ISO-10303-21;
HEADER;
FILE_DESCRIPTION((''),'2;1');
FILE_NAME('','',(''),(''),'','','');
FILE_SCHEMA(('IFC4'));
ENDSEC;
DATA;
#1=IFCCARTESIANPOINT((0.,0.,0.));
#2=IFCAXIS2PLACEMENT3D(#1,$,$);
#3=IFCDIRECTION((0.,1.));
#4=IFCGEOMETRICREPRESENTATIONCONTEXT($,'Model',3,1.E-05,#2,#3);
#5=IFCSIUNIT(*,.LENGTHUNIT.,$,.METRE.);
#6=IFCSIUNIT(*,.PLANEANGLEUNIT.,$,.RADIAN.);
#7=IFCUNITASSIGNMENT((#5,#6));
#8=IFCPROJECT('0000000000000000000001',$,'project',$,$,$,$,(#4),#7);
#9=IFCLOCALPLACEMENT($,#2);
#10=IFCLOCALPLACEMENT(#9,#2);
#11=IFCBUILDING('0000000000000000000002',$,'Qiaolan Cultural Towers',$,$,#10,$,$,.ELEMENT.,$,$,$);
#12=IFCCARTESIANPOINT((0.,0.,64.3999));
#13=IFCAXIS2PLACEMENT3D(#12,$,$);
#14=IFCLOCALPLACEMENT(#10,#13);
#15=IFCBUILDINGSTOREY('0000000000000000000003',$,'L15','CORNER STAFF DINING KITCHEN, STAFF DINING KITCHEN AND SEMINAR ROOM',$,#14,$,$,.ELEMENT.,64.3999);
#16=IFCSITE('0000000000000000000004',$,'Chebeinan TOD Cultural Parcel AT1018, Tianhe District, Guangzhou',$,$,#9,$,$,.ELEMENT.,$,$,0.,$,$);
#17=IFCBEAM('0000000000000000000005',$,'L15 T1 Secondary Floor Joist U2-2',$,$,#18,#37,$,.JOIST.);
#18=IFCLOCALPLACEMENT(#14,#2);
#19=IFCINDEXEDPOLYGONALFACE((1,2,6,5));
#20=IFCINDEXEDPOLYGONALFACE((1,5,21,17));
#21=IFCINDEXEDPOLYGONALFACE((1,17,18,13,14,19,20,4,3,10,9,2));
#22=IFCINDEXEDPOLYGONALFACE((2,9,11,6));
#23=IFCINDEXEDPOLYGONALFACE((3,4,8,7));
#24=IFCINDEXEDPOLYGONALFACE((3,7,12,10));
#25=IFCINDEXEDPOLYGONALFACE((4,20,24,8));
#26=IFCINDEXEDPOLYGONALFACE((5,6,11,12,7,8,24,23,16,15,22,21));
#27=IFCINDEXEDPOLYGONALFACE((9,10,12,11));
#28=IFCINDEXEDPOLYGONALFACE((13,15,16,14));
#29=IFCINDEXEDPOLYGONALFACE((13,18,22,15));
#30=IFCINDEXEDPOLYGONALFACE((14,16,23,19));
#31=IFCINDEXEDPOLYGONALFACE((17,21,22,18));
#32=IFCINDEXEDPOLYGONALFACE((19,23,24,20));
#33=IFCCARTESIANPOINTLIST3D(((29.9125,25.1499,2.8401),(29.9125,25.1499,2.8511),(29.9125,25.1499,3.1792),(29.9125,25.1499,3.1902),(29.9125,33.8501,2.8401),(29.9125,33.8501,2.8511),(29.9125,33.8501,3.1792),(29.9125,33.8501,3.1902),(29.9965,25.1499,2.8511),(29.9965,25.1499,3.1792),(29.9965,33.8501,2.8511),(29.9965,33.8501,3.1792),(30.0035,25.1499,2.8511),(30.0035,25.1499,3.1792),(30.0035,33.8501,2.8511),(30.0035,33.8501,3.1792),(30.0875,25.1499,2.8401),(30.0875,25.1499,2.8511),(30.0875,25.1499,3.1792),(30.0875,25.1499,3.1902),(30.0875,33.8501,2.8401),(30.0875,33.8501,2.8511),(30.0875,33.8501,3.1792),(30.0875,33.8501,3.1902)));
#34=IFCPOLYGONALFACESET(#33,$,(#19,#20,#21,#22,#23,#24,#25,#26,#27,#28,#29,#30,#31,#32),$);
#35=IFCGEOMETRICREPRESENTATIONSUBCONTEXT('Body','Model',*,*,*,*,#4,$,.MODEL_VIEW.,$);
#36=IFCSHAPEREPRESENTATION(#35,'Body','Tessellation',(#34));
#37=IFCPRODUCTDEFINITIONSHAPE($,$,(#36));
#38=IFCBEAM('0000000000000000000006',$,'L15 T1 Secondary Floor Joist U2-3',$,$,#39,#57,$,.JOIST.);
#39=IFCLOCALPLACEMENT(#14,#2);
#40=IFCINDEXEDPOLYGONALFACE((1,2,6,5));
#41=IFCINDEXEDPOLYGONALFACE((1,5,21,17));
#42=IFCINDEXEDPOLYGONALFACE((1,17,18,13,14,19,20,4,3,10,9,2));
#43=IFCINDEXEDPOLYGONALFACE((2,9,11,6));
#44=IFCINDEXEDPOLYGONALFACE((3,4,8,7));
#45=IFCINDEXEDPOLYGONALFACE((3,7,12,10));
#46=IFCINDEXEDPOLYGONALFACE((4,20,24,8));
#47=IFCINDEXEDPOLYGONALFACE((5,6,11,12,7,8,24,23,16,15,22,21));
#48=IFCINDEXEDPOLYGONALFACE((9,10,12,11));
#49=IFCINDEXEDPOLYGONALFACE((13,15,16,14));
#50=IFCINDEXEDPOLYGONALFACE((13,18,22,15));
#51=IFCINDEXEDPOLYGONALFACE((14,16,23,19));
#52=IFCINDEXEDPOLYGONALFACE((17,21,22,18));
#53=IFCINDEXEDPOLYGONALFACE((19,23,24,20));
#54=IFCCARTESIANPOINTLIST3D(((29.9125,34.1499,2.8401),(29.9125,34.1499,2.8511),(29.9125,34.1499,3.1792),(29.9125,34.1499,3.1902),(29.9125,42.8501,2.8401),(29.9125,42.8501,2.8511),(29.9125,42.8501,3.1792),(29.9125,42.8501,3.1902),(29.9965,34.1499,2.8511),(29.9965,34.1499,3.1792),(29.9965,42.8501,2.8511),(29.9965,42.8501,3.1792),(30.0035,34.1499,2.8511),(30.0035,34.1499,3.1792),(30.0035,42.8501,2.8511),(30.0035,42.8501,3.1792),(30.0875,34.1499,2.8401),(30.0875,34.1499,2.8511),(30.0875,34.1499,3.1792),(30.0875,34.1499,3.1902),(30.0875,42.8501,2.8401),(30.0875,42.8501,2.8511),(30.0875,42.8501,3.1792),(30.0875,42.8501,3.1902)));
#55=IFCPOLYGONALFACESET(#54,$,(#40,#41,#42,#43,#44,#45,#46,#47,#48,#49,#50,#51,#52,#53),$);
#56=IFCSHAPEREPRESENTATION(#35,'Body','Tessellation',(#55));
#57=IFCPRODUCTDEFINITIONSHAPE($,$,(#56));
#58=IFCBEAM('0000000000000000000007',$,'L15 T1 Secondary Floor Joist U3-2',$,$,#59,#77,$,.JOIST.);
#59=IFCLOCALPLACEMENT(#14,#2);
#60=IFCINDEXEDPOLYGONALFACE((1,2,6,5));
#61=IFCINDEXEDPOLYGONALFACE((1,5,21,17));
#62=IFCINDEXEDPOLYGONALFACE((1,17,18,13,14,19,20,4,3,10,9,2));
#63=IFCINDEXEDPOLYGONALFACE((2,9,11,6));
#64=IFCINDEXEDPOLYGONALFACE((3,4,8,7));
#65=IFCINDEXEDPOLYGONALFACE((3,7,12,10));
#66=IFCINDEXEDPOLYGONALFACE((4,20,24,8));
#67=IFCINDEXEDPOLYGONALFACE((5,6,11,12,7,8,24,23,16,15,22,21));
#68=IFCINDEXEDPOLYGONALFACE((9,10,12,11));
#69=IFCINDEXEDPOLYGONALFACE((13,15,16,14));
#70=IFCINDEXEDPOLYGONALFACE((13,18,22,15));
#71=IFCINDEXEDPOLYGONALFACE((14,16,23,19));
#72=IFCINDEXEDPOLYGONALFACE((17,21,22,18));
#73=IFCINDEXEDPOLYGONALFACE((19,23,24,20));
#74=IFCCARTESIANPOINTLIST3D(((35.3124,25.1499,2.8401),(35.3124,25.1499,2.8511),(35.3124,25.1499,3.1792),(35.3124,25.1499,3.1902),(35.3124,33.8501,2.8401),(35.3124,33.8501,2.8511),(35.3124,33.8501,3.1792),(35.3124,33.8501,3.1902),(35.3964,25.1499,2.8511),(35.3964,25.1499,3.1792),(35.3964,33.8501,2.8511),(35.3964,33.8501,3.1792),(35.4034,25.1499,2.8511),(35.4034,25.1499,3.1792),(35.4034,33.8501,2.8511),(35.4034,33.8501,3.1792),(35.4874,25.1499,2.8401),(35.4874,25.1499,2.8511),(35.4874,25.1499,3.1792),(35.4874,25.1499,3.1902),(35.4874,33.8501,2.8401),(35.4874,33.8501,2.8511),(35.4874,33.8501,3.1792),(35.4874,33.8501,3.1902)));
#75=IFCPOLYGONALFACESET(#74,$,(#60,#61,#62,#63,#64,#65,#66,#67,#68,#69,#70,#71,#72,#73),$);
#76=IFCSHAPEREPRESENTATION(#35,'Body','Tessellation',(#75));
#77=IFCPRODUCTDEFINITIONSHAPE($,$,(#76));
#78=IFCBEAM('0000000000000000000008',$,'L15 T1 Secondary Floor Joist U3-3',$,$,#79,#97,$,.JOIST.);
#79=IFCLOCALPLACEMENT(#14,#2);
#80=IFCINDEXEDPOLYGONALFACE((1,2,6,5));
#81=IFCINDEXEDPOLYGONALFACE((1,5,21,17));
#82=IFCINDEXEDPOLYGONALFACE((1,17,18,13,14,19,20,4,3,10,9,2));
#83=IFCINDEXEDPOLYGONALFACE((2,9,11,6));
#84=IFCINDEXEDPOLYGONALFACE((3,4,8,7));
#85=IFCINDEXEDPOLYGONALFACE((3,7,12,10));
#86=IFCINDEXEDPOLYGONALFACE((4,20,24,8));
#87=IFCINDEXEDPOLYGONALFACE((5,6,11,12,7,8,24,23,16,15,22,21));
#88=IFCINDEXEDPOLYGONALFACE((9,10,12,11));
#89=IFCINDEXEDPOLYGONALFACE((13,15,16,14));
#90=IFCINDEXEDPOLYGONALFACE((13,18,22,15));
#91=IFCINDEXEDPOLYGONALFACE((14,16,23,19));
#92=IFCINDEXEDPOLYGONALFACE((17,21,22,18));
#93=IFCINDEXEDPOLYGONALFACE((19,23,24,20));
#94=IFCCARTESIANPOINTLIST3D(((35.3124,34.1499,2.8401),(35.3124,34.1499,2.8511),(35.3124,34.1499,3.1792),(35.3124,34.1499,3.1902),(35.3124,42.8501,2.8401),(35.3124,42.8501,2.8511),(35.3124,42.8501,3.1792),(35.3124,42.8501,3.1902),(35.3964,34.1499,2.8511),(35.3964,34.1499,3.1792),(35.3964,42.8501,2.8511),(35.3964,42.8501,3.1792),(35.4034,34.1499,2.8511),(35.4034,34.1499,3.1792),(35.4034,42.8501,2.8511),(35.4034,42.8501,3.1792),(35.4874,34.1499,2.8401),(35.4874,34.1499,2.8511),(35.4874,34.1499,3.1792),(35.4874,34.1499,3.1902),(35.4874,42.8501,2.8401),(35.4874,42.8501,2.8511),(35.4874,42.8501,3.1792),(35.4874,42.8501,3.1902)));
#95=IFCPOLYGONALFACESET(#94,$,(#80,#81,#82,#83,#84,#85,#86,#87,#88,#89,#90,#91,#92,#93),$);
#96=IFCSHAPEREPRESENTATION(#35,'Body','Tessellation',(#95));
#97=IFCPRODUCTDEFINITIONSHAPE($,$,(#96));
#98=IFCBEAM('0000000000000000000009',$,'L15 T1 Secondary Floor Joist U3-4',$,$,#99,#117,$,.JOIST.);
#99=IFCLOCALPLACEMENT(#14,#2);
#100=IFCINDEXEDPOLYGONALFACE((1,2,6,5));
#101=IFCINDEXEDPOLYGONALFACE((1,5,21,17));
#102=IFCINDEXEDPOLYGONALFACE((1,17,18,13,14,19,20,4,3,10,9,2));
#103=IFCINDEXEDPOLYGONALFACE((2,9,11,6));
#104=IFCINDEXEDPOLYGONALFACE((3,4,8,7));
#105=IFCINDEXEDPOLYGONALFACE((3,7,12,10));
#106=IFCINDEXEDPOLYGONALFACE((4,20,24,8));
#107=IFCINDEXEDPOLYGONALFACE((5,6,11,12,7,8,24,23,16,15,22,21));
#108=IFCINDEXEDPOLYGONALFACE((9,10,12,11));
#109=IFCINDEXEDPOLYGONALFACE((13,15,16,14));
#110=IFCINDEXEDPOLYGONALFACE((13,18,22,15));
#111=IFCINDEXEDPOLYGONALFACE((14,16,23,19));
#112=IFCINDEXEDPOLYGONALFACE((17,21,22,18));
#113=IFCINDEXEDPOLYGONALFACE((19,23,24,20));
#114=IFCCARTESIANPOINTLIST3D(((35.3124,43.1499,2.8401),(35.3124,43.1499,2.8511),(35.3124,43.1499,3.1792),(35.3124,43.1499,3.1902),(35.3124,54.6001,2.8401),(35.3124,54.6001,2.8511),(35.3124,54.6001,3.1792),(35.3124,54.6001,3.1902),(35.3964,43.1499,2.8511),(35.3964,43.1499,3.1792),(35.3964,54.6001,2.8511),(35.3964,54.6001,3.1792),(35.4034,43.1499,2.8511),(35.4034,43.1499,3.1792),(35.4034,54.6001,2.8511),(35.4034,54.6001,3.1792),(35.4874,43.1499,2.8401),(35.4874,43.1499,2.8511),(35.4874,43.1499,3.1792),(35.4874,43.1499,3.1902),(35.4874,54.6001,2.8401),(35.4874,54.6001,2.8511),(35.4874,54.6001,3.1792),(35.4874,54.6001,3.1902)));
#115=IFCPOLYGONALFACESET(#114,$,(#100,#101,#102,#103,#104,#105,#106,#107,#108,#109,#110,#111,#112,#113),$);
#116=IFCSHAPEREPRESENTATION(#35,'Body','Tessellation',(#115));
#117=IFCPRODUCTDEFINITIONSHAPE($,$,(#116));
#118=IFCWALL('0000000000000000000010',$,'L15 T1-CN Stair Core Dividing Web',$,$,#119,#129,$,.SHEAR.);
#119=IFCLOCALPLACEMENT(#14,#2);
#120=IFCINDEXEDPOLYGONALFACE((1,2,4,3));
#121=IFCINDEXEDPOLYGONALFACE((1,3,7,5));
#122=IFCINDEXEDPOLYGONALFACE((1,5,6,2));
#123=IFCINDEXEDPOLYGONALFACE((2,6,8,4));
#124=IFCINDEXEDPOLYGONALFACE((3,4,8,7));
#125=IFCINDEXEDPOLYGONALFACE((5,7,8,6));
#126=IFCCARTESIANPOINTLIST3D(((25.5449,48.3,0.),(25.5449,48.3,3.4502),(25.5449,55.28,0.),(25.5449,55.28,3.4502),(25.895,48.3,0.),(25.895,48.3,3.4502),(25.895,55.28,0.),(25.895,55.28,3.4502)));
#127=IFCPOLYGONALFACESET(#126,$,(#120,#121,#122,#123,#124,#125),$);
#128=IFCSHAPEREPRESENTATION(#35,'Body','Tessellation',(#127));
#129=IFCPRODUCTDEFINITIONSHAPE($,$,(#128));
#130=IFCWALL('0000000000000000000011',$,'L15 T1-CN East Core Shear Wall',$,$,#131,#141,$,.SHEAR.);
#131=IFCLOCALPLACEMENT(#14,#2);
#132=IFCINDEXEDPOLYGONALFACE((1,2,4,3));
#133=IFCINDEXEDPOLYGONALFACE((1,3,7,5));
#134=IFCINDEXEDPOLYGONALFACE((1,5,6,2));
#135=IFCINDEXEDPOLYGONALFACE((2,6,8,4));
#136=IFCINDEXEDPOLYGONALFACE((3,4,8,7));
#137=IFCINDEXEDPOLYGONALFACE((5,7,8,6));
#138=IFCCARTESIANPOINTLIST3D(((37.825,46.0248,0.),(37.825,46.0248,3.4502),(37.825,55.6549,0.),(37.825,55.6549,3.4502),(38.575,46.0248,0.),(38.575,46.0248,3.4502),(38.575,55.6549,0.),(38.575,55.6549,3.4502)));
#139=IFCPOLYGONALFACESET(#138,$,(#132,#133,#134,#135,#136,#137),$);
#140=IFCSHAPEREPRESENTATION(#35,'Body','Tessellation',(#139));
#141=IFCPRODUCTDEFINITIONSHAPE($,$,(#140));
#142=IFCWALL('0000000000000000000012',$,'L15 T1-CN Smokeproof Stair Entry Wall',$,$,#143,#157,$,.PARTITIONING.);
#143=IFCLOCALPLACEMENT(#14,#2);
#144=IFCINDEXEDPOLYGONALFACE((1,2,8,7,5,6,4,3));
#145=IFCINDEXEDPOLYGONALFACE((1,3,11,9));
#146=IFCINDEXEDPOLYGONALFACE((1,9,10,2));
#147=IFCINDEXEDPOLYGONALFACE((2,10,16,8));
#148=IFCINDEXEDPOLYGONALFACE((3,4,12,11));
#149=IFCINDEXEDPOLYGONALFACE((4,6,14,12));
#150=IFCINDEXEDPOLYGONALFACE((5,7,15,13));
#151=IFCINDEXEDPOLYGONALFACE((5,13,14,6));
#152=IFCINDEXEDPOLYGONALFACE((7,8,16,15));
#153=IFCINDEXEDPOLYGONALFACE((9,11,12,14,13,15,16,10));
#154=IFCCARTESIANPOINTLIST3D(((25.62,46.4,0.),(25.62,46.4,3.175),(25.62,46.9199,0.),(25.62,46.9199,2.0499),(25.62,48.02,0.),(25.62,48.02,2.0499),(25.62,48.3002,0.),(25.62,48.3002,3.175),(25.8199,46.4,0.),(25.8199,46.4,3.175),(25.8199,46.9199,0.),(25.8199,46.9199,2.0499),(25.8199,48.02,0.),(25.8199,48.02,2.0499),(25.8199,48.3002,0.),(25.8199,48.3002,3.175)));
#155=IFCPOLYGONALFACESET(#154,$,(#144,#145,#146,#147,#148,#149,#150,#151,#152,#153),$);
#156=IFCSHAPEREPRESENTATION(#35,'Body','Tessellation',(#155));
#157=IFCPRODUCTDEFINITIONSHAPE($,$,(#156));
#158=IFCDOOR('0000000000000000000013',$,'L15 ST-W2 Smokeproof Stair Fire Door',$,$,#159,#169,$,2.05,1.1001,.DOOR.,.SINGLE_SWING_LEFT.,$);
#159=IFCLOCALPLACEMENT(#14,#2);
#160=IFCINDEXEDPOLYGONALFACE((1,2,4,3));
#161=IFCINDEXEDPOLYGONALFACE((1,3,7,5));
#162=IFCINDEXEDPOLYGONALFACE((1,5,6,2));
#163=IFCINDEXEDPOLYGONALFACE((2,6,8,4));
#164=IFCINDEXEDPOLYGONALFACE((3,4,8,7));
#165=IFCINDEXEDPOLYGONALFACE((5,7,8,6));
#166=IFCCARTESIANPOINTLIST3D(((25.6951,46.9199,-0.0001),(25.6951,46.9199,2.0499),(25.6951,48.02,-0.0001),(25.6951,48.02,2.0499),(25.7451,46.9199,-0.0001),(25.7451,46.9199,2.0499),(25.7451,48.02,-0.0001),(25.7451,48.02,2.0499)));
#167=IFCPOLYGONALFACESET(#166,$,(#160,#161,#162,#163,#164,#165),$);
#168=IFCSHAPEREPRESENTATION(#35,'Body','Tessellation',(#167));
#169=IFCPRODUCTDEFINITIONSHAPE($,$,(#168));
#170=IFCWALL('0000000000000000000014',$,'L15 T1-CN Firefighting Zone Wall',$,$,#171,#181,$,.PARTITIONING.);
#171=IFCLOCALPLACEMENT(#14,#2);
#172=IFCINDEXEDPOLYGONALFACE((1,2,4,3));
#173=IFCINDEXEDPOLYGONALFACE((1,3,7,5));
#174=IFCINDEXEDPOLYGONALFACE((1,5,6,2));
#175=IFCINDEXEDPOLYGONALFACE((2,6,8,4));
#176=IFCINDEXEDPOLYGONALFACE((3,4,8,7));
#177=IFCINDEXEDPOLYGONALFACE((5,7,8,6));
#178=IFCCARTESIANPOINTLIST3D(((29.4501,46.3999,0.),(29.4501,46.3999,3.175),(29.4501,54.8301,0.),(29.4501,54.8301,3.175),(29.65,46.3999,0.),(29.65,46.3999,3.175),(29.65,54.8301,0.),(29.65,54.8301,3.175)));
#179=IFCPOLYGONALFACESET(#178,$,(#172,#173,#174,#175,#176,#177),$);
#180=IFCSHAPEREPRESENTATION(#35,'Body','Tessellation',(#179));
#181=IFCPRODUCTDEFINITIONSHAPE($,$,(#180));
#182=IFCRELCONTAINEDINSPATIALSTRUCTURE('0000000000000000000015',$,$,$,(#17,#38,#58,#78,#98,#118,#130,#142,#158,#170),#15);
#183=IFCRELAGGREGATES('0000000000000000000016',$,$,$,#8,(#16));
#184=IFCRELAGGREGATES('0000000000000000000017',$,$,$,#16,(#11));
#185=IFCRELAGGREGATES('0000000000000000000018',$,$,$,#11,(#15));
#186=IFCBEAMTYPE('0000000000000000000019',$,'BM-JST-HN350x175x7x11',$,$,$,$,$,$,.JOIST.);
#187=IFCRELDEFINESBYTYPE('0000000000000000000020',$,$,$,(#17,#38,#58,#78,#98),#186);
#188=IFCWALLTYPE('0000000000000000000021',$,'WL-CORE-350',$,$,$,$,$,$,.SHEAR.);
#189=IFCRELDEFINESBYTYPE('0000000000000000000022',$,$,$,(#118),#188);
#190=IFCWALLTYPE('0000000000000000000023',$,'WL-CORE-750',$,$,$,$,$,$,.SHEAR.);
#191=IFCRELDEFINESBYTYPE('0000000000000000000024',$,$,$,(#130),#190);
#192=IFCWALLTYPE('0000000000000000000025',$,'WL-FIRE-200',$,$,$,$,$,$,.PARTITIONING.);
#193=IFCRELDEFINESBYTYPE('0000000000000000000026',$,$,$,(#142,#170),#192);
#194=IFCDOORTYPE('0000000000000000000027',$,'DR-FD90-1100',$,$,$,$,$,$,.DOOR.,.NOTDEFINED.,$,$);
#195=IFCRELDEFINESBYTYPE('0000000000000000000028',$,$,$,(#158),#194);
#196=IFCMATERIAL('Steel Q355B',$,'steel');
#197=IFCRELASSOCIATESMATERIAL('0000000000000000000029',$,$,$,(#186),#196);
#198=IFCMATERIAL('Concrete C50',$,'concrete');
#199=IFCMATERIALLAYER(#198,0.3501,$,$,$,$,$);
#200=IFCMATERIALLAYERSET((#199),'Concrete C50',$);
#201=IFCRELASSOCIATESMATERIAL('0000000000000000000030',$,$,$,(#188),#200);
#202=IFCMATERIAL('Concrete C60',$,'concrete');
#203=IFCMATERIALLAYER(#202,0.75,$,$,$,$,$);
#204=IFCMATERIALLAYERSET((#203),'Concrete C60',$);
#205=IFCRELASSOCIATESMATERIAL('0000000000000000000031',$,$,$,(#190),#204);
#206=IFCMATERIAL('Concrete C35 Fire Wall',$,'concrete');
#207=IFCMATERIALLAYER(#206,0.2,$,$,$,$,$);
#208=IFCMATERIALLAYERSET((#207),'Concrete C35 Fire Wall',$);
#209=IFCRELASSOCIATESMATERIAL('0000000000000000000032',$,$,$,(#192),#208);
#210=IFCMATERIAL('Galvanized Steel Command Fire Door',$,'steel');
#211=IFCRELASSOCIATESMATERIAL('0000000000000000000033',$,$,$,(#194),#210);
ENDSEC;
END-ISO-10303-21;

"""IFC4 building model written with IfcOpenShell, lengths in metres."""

from ifc_helpers import new_model, si_unit, direction, frame, frame_2d, origin, origin_2d, place, context, subcontext, project, spatial, rectangle, i_section, extrude, material, layer, layer_set, material_profile, profile_set, type_object, element, fill, save


model = new_model("IFC4")

# Units and contexts
model_context = context("Model", 3, precision=1e-05, world=origin(), true_north=direction((0.0, 1.0)))
body_context = subcontext(model_context, "Body", "Model", "MODEL_VIEW")
ifc_project = project(units=[si_unit("LENGTHUNIT", "METRE"), si_unit("PLANEANGLEUNIT", "RADIAN")], contexts=[model_context])

# Site, building, storey
site_placement = place(None, origin())
site = spatial("IfcSite", under=ifc_project, at=site_placement, Name="Chebeinan TOD Cultural Parcel AT1018, Tianhe District, Guangzhou", CompositionType="ELEMENT", RefElevation=0.0)
building_placement = place(site_placement, origin())
building = spatial("IfcBuilding", under=site, at=building_placement, Name="Qiaolan Cultural Towers", CompositionType="ELEMENT")
storey_placement = place(building_placement, frame((0.0, 0.0, 64.3999)))
storey = spatial("IfcBuildingStorey", under=building, at=storey_placement, Name="L15", Description="CORNER STAFF DINING KITCHEN, STAFF DINING KITCHEN AND SEMINAR ROOM", CompositionType="ELEMENT", Elevation=64.3999)

# Beams
ifc_material_1 = material(Name="Steel Q355B", Category="steel")
ifc_material_profile = material_profile(ifc_material_1, i_section(OverallWidth=0.175, OverallDepth=0.3501, WebThickness=0.0071, FlangeThickness=0.011, at=origin_2d()), Name="HN350x175x7x11")
ifc_profile_set = profile_set([ifc_material_profile], Name="Steel Q355B")
beam_type = type_object("IfcBeamType", Name="BM-JST-HN350x175x7x11", PredefinedType="JOIST", material=ifc_profile_set)
for number, where, z_axis, x_axis, name in (
    (1, (30.0, 25.1499, 3.0151), (0.0, 1.0, 0.0), (-1.0, 0.0, 0.0), "L15 T1 Secondary Floor Joist U2-2"),
    (2, (30.0, 34.1499, 3.0151), (0.0, 1.0, 0.0), (-1.0, 0.0, 0.0), "L15 T1 Secondary Floor Joist U2-3"),
    (3, (35.3999, 25.1499, 3.0151), (0.0, 1.0, 0.0), (-1.0, 0.0, 0.0), "L15 T1 Secondary Floor Joist U3-2"),
    (4, (35.3999, 34.1499, 3.0151), (0.0, 1.0, 0.0), (-1.0, 0.0, 0.0), "L15 T1 Secondary Floor Joist U3-3"),
):
    element("IfcBeam", number, at=place(storey_placement, frame(where, z_axis=z_axis, x_axis=x_axis)), inside=storey, type_object=beam_type, Name=name, PredefinedType="JOIST", context=body_context, shape_type="SweptSolid", body=[
        extrude(i_section(OverallWidth=0.175, OverallDepth=0.3501, WebThickness=0.0071, FlangeThickness=0.011, at=origin_2d()), origin(), (0.0, 0.0, 1.0), 8.7002),
    ])
beam_placement = place(storey_placement, frame((35.3999, 43.1499, 3.0151), z_axis=(0.0, 1.0, 0.0), x_axis=(-1.0, 0.0, 0.0)))
element("IfcBeam", 5, at=beam_placement, inside=storey, type_object=beam_type, Name="L15 T1 Secondary Floor Joist U3-4", PredefinedType="JOIST", context=body_context, shape_type="SweptSolid", body=[
    extrude(i_section(OverallWidth=0.175, OverallDepth=0.3501, WebThickness=0.0071, FlangeThickness=0.011, at=origin_2d()), origin(), (0.0, 0.0, 1.0), 11.4502),
])

# Walls
ifc_material_2 = material(Name="Concrete C50", Category="concrete")
ifc_layer_1 = layer(ifc_material_2, 0.3501)
ifc_layer_set_1 = layer_set([ifc_layer_1], Name="Concrete C50")
wall_type_1 = type_object("IfcWallType", Name="WL-CORE-350", PredefinedType="SHEAR", material=ifc_layer_set_1)
wall_1_placement = place(storey_placement, frame((25.72, 48.3, 0.0), z_axis=(0.0, 0.0, 1.0), x_axis=(0.0, 1.0, 0.0)))
element("IfcWall", 6, at=wall_1_placement, inside=storey, type_object=wall_type_1, Name="L15 T1-CN Stair Core Dividing Web", PredefinedType="SHEAR", context=body_context, shape_type="SweptSolid", body=[
    extrude(rectangle(XDim=6.98, YDim=0.3501, at=frame_2d((3.49, 0.0))), origin(), (0.0, 0.0, 1.0), 3.4502),
])
ifc_material_3 = material(Name="Concrete C60", Category="concrete")
ifc_layer_2 = layer(ifc_material_3, 0.75)
ifc_layer_set_2 = layer_set([ifc_layer_2], Name="Concrete C60")
wall_type_2 = type_object("IfcWallType", Name="WL-CORE-750", PredefinedType="SHEAR", material=ifc_layer_set_2)
wall_2_placement = place(storey_placement, frame((38.2, 46.0249, 0.0), z_axis=(0.0, 0.0, 1.0), x_axis=(0.0, 1.0, 0.0)))
element("IfcWall", 7, at=wall_2_placement, inside=storey, type_object=wall_type_2, Name="L15 T1-CN East Core Shear Wall", PredefinedType="SHEAR", context=body_context, shape_type="SweptSolid", body=[
    extrude(rectangle(XDim=9.6301, YDim=0.75, at=frame_2d((4.8149, 0.0))), origin(), (0.0, 0.0, 1.0), 3.4502),
])

# Wall, opening, door
ifc_material_4 = material(Name="Concrete C35 Fire Wall", Category="concrete")
ifc_layer_3 = layer(ifc_material_4, 0.2)
ifc_layer_set_3 = layer_set([ifc_layer_3], Name="Concrete C35 Fire Wall")
wall_type_3 = type_object("IfcWallType", Name="WL-FIRE-200", PredefinedType="PARTITIONING", material=ifc_layer_set_3)
wall_3_placement = place(storey_placement, frame((25.72, 46.3999, 0.0), z_axis=(0.0, 0.0, 1.0), x_axis=(0.0, 1.0, 0.0)))
wall_3 = element("IfcWall", 8, at=wall_3_placement, inside=storey, type_object=wall_type_3, Name="L15 T1-CN Smokeproof Stair Entry Wall", PredefinedType="PARTITIONING", context=body_context, shape_type="SweptSolid", body=[
    extrude(rectangle(XDim=1.9001, YDim=0.2, at=frame_2d((0.9502, 0.0))), origin(), (0.0, 0.0, 1.0), 3.175),
])
opening_1_placement = place(wall_3_placement, frame((0.52, 0.0, 0.0)))
opening_1 = element("IfcOpeningElement", 9, at=opening_1_placement, cuts=wall_3, PredefinedType="OPENING", context=body_context, shape_type="SweptSolid", body=[
    extrude(rectangle(XDim=1.1001, YDim=2.05, at=frame_2d((0.55, 1.0249))), frame((0.0, 0.1099, 0.0), z_axis=(0.0, -1.0, 0.0), x_axis=(1.0, 0.0, 0.0)), (0.0, 0.0, 1.0), 0.22),
])
ifc_material_5 = material(Name="Galvanized Steel Command Fire Door", Category="steel")
door_type_1 = type_object("IfcDoorType", Name="DR-FD90-1100", OperationType="NOTDEFINED", PredefinedType="DOOR", material=ifc_material_5)
door_1_placement = place(opening_1_placement, origin())
door_1 = element("IfcDoor", 10, at=door_1_placement, inside=storey, type_object=door_type_1, Name="L15 ST-W2 Smokeproof Stair Fire Door", OperationType="SINGLE_SWING_LEFT", OverallHeight=2.05, OverallWidth=1.1001, PredefinedType="DOOR", context=body_context, shape_type="SweptSolid", body=[
    extrude(rectangle(XDim=1.1001, YDim=2.05, at=frame_2d((0.55, 1.0249))), frame((0.0, 0.0249, 0.0), z_axis=(0.0, -1.0, 0.0), x_axis=(1.0, 0.0, 0.0)), (0.0, 0.0, 1.0), 0.05),
])
fill(opening_1, door_1)

# Wall
wall_4_placement = place(storey_placement, frame((29.55, 46.3999, 0.0), z_axis=(0.0, 0.0, 1.0), x_axis=(0.0, 1.0, 0.0)))
element("IfcWall", 11, at=wall_4_placement, inside=storey, type_object=wall_type_3, Name="L15 T1-CN Firefighting Zone Wall", PredefinedType="PARTITIONING", context=body_context, shape_type="SweptSolid", body=[
    extrude(rectangle(XDim=8.4302, YDim=0.2, at=frame_2d((4.2151, 0.0))), origin(), (0.0, 0.0, 1.0), 3.175),
])

save(model, "model.ifc")
